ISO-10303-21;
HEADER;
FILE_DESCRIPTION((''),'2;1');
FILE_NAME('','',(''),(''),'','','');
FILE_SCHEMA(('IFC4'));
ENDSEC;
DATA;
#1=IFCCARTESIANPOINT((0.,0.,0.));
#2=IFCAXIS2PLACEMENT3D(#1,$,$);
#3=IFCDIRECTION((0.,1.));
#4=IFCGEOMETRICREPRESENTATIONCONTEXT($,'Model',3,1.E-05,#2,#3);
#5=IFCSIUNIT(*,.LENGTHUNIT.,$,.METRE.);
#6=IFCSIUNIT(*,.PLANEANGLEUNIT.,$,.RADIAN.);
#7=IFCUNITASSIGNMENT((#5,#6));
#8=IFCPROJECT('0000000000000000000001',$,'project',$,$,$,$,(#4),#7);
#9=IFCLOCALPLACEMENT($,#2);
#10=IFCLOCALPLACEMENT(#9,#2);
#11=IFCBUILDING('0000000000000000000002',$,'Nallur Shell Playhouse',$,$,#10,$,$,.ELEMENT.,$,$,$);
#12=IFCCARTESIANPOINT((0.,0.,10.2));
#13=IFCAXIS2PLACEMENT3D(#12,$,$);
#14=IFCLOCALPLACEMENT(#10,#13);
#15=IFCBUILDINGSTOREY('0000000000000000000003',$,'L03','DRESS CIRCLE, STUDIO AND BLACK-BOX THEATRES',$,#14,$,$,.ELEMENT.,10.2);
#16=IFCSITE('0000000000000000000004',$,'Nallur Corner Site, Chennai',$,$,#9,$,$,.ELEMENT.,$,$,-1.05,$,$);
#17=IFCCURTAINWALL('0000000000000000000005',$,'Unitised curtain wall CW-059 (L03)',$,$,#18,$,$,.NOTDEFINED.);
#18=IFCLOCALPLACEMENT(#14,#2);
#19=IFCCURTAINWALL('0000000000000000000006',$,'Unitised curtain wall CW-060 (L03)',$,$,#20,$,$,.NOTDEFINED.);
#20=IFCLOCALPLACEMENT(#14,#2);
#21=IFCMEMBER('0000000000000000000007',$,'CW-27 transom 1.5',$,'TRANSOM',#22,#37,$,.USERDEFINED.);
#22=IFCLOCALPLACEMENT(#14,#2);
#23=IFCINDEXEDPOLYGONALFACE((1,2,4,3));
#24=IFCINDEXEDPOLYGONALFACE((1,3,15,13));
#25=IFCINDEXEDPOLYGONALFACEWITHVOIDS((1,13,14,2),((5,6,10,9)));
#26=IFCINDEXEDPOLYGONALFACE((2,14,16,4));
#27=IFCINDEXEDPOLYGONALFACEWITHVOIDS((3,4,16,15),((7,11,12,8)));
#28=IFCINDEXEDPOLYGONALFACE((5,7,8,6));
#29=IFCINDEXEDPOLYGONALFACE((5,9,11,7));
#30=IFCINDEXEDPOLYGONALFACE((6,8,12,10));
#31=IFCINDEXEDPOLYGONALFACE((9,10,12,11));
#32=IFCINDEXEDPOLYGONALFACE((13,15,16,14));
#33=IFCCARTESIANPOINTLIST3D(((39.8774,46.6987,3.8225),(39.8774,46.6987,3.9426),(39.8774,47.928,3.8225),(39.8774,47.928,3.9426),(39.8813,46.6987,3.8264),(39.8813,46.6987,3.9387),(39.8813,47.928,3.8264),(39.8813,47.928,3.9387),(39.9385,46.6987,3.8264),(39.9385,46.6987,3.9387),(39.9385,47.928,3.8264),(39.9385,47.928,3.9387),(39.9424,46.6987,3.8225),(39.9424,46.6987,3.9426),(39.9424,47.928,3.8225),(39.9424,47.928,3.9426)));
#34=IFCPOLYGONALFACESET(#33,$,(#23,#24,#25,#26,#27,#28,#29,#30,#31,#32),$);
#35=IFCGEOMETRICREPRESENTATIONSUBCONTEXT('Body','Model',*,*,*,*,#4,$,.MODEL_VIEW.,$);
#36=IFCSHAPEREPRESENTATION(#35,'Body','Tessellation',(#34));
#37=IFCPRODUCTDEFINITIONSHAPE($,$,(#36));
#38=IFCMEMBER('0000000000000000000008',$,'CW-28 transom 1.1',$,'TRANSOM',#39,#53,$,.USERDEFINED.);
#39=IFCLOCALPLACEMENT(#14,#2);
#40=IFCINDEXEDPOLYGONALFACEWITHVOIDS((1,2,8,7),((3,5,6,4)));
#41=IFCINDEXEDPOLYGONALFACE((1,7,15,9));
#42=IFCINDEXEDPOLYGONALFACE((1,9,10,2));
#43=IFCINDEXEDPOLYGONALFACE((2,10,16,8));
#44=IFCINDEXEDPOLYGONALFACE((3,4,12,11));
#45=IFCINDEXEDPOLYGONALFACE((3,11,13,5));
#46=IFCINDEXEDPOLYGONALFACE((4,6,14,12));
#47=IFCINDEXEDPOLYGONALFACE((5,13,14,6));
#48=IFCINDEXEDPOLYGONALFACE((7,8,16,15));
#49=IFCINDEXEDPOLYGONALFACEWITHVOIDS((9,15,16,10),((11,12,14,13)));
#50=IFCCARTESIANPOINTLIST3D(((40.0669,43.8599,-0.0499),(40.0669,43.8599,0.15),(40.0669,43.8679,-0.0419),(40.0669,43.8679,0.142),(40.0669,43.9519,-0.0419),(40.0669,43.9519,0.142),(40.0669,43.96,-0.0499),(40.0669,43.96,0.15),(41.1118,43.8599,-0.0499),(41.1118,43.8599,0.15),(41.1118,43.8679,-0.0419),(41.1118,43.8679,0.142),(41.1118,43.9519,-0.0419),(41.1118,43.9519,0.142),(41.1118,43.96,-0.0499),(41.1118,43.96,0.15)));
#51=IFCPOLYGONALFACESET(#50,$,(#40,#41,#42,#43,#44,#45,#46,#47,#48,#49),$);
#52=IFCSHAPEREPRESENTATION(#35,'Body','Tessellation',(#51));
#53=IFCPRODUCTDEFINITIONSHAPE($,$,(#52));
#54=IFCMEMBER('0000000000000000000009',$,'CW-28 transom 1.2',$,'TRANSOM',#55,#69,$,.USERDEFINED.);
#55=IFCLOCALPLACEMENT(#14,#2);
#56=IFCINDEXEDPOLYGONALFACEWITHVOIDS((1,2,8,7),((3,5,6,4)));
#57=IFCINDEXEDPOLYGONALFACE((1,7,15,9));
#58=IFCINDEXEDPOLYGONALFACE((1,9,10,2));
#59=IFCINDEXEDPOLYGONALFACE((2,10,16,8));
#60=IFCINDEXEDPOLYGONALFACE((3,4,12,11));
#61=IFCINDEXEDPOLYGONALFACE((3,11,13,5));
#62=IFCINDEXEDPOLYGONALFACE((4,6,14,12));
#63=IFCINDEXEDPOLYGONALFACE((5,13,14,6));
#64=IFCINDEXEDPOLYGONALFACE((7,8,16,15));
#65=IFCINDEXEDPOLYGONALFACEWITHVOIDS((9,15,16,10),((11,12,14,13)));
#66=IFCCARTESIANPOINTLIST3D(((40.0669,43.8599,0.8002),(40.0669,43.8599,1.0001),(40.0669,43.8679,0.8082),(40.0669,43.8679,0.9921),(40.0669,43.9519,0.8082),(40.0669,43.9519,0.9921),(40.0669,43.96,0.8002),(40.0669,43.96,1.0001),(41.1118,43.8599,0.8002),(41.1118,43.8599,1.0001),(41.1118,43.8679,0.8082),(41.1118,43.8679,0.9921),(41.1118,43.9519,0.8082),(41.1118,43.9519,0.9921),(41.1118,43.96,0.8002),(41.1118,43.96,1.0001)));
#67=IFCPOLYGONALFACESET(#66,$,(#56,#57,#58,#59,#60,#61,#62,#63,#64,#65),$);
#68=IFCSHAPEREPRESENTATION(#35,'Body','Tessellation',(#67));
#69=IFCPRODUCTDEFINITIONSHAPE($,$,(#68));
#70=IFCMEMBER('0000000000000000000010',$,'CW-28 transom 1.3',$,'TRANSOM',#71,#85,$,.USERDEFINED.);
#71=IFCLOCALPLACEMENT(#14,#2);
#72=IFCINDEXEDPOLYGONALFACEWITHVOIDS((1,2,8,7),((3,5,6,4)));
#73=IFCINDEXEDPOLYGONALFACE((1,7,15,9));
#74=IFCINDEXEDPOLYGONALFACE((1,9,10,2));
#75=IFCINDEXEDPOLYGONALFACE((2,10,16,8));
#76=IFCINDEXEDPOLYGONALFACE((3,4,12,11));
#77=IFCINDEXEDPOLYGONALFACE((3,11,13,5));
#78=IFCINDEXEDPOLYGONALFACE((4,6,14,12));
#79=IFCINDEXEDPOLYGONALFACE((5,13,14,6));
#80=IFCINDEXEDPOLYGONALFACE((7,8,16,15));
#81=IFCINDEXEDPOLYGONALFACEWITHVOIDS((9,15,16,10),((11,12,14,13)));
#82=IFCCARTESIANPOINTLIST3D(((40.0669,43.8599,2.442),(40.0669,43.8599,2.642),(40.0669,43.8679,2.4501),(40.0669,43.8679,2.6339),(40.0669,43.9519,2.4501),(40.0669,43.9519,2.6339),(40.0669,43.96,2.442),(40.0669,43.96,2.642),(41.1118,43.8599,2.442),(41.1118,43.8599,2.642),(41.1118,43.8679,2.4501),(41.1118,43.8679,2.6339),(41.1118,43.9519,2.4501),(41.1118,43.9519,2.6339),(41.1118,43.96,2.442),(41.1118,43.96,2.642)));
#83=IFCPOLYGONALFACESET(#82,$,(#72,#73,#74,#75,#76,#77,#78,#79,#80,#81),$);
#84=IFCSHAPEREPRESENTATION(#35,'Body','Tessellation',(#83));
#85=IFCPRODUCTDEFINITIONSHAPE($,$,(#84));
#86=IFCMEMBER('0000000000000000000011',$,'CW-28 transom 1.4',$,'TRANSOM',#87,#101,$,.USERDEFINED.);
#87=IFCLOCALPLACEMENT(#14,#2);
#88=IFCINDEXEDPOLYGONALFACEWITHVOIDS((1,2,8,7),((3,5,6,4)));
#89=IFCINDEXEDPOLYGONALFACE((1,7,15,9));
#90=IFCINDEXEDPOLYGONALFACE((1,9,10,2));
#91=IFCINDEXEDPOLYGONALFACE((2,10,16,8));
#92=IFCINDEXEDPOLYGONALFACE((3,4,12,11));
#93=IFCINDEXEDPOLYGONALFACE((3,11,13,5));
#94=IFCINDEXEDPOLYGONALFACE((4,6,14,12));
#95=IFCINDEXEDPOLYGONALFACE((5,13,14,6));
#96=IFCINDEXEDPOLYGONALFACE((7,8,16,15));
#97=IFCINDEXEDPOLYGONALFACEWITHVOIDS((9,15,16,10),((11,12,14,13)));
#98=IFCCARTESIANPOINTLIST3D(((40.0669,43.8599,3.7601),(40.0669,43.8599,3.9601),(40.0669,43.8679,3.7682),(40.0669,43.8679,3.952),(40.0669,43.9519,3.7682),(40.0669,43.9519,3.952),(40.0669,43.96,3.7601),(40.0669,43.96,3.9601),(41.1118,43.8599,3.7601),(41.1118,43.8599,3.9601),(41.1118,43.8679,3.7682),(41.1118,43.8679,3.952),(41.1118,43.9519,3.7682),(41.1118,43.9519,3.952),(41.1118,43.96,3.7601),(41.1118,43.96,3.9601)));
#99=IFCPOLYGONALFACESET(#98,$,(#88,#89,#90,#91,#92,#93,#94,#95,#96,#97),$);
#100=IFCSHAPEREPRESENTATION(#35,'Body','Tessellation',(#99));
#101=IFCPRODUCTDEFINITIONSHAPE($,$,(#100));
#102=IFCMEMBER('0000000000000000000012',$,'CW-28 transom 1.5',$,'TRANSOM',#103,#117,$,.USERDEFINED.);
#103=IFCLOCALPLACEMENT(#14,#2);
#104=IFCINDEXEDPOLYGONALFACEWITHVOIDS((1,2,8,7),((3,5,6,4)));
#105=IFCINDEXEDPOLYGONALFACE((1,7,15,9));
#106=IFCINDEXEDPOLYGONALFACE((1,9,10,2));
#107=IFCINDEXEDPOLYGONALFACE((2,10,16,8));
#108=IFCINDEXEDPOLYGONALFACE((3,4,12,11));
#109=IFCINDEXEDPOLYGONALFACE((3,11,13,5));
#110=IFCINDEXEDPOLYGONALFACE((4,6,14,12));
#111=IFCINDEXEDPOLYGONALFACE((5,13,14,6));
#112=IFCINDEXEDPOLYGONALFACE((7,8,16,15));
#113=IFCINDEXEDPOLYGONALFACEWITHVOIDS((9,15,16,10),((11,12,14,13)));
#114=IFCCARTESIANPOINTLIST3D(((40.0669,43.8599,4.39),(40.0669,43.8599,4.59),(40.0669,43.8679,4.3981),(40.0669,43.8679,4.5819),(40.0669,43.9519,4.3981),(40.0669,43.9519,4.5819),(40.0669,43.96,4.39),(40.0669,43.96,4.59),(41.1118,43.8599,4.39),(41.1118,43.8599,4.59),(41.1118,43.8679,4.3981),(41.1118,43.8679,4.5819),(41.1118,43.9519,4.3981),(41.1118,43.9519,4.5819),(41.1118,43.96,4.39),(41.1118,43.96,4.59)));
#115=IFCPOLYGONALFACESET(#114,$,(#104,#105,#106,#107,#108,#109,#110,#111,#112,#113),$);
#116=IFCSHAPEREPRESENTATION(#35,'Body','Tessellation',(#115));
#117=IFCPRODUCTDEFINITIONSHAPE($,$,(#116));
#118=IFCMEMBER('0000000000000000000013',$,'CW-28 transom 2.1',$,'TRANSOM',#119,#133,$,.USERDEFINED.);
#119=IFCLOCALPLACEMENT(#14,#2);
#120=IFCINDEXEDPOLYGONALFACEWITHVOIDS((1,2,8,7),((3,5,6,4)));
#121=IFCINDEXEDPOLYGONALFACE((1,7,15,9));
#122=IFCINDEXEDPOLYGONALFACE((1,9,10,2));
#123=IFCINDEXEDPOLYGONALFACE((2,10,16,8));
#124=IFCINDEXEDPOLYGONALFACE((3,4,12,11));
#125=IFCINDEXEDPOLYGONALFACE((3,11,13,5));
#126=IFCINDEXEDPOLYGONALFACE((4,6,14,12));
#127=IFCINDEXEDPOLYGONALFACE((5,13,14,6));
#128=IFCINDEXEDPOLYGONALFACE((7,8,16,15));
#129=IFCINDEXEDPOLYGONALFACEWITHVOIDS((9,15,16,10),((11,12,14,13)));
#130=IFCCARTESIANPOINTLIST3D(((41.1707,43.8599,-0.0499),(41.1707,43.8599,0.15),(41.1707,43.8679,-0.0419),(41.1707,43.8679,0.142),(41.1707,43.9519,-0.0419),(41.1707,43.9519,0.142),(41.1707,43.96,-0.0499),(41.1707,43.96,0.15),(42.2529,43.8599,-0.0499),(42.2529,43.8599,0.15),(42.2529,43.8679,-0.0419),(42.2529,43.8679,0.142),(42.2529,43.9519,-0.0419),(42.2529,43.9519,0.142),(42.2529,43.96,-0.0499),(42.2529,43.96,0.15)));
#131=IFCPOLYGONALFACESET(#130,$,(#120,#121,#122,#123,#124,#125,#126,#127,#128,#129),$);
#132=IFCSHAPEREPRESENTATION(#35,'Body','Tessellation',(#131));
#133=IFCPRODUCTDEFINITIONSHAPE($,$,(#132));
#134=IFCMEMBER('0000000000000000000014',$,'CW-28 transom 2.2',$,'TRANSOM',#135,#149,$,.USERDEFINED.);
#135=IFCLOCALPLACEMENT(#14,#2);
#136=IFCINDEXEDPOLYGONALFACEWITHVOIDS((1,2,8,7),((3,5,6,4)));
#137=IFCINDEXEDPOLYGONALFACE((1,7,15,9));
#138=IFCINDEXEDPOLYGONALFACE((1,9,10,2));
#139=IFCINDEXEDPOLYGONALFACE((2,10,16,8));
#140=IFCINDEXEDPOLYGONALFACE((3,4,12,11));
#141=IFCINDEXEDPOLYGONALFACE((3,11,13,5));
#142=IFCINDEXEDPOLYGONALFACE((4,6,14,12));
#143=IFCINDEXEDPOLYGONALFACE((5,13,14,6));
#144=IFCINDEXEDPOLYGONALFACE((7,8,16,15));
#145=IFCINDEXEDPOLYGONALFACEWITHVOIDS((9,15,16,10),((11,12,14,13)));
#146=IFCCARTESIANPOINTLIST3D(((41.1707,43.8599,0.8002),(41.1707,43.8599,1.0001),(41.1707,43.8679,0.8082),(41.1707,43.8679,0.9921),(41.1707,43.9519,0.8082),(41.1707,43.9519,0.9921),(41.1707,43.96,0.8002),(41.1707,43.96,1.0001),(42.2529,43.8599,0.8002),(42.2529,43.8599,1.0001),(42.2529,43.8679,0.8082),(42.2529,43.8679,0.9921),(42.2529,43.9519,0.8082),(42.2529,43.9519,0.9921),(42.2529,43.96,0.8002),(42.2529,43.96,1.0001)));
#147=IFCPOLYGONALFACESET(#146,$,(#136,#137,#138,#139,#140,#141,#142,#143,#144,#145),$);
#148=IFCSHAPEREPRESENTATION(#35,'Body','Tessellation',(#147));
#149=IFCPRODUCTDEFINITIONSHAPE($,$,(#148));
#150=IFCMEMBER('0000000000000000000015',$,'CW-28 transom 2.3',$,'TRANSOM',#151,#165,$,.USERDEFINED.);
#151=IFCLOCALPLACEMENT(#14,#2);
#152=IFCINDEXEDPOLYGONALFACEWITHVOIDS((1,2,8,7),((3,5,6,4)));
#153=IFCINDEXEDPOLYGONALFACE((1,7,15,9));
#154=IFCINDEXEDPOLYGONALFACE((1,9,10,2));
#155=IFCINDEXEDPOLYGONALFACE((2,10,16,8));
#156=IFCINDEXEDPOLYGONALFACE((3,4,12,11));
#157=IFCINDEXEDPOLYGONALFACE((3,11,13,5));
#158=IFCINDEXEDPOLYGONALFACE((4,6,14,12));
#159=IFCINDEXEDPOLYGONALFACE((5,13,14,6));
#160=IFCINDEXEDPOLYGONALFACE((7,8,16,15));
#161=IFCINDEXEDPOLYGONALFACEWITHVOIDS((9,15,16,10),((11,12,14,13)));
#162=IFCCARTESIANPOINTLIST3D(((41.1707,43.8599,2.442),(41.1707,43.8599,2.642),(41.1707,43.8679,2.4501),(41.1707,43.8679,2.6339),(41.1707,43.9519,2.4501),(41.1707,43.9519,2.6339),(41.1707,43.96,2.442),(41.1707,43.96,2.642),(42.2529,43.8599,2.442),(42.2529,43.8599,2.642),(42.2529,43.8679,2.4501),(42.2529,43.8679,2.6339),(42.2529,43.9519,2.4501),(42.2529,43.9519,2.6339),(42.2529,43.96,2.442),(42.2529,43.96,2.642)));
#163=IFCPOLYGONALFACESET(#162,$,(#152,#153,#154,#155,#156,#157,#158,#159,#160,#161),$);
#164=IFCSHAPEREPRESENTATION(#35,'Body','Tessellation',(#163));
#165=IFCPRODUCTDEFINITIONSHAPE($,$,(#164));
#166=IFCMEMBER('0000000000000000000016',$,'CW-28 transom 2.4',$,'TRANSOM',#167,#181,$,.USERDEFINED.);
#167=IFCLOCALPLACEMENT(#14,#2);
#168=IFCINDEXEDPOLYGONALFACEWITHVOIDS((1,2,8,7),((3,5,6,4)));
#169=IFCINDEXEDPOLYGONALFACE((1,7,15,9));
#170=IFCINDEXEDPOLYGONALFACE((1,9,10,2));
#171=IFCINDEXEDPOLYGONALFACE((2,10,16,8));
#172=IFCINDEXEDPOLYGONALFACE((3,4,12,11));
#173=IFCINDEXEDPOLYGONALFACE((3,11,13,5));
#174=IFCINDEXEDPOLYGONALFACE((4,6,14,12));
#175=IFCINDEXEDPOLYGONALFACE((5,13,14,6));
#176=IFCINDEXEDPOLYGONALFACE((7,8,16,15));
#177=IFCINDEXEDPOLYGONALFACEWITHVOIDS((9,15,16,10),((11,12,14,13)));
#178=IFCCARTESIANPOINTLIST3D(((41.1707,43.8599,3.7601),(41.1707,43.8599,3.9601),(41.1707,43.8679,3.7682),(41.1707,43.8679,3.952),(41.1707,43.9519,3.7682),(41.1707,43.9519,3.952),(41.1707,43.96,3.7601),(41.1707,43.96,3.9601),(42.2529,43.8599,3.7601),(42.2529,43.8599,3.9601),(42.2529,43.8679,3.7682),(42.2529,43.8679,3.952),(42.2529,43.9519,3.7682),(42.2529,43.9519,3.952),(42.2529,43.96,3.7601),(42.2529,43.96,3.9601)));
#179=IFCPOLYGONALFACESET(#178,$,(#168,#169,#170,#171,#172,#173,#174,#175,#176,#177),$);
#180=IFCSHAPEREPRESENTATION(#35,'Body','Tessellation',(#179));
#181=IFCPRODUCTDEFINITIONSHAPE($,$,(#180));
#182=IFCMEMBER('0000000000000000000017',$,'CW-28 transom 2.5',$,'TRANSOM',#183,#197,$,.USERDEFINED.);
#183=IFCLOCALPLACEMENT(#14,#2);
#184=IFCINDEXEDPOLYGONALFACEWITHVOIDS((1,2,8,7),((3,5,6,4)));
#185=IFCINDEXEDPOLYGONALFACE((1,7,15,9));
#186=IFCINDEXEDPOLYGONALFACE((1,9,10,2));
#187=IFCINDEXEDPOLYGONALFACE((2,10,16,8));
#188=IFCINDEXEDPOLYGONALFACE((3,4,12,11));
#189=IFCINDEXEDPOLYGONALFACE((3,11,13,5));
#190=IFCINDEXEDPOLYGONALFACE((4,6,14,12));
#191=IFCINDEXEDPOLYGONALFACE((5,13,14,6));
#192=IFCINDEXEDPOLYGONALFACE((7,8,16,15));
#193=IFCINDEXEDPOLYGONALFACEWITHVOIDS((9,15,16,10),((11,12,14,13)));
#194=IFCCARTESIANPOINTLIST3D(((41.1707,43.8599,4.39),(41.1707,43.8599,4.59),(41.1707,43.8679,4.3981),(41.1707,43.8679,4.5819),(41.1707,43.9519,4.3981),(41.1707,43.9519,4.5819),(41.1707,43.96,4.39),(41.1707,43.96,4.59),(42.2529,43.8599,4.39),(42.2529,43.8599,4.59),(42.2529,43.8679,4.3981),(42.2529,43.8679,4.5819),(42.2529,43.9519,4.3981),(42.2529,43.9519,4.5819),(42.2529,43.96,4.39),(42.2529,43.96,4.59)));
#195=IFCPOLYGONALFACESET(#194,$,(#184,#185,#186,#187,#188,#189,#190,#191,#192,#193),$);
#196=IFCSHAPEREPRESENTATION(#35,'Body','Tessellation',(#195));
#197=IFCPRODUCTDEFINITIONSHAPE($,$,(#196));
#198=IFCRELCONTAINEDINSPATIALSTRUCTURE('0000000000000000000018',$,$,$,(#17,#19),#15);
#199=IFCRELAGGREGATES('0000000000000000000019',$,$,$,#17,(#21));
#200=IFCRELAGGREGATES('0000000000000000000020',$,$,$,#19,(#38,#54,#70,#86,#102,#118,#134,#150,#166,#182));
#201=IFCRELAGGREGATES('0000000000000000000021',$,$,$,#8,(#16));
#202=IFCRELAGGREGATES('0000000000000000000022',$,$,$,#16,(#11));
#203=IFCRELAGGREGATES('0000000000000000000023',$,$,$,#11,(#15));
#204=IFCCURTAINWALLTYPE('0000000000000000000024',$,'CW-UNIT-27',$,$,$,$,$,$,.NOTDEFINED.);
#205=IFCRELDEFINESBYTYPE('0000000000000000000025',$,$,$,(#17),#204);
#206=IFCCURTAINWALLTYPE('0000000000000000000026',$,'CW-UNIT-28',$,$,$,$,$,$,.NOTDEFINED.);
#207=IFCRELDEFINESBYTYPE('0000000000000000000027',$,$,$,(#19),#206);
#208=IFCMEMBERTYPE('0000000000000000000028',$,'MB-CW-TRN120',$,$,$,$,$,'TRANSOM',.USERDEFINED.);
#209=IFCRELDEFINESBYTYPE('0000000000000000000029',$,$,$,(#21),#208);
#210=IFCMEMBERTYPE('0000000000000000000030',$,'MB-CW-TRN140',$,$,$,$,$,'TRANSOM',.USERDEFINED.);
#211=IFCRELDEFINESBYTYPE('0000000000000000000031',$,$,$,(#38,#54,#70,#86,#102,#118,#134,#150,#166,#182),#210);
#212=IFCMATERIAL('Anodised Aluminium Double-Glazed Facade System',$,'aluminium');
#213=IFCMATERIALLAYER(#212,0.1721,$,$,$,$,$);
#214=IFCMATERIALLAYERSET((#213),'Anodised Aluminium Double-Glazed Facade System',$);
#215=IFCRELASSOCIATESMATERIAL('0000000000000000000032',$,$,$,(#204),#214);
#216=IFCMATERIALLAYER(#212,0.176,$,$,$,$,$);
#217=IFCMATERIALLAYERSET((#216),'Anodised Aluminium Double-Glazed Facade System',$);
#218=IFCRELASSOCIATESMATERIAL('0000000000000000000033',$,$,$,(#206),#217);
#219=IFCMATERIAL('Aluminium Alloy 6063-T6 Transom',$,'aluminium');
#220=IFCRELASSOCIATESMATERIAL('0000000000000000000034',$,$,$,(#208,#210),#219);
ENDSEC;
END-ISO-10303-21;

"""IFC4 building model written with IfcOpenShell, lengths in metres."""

from ifc_helpers import new_model, si_unit, direction, frame, origin, origin_2d, place, context, subcontext, project, spatial, hollow_rectangle, extrude, material, layer, layer_set, material_profile, profile_set, type_object, element, aggregate, save


model = new_model("IFC4")

# Units and contexts
model_context = context("Model", 3, precision=1e-05, world=origin(), true_north=direction((0.0, 1.0)))
body_context = subcontext(model_context, "Body", "Model", "MODEL_VIEW")
ifc_project = project(units=[si_unit("LENGTHUNIT", "METRE"), si_unit("PLANEANGLEUNIT", "RADIAN")], contexts=[model_context])

# Site, building, storey
site_placement = place(None, origin())
site = spatial("IfcSite", under=ifc_project, at=site_placement, Name="Nallur Corner Site, Chennai", CompositionType="ELEMENT", RefElevation=-1.05)
building_placement = place(site_placement, origin())
building = spatial("IfcBuilding", under=site, at=building_placement, Name="Nallur Shell Playhouse", CompositionType="ELEMENT")
storey_placement = place(building_placement, frame((0.0, 0.0, 10.2)))
storey = spatial("IfcBuildingStorey", under=building, at=storey_placement, Name="L03", Description="DRESS CIRCLE, STUDIO AND BLACK-BOX THEATRES", CompositionType="ELEMENT", Elevation=10.2)

# Curtain wall
ifc_material_1 = material(Name="Anodised Aluminium Double-Glazed Facade System", Category="aluminium")
ifc_layer_1 = layer(ifc_material_1, 0.1721)
ifc_layer_set_1 = layer_set([ifc_layer_1], Name="Anodised Aluminium Double-Glazed Facade System")
curtain_wall_type_1 = type_object("IfcCurtainWallType", Name="CW-UNIT-27", PredefinedType="NOTDEFINED", material=ifc_layer_set_1)
curtain_wall_1_placement = place(storey_placement, origin())
curtain_wall_1 = element("IfcCurtainWall", 1, at=curtain_wall_1_placement, inside=storey, type_object=curtain_wall_type_1, Name="Unitised curtain wall CW-059 (L03)", PredefinedType="NOTDEFINED")

# Curtain wall
ifc_layer_2 = layer(ifc_material_1, 0.176)
ifc_layer_set_2 = layer_set([ifc_layer_2], Name="Anodised Aluminium Double-Glazed Facade System")
curtain_wall_type_2 = type_object("IfcCurtainWallType", Name="CW-UNIT-28", PredefinedType="NOTDEFINED", material=ifc_layer_set_2)
curtain_wall_2_placement = place(storey_placement, origin())
curtain_wall_2 = element("IfcCurtainWall", 2, at=curtain_wall_2_placement, inside=storey, type_object=curtain_wall_type_2, Name="Unitised curtain wall CW-060 (L03)", PredefinedType="NOTDEFINED")

# Members
ifc_material_2 = material(Name="Aluminium Alloy 6063-T6 Transom", Category="aluminium")
ifc_material_profile_1 = material_profile(ifc_material_2, hollow_rectangle(XDim=0.0649, YDim=0.1201, WallThickness=0.0039, at=origin_2d()), Name="ALU 65x120x4")
ifc_profile_set_1 = profile_set([ifc_material_profile_1], Name="Aluminium Alloy 6063-T6 Transom")
member_type_1 = type_object("IfcMemberType", Name="MB-CW-TRN120", ElementType="TRANSOM", PredefinedType="USERDEFINED", material=ifc_profile_set_1)
member_1_placement = place(storey_placement, frame((39.9099, 47.928, 3.8826), z_axis=(0.0, -1.0, 0.0), x_axis=(1.0, 0.0, 0.0)))
member_1 = element("IfcMember", 3, at=member_1_placement, type_object=member_type_1, Name="CW-27 transom 1.5", ObjectType="TRANSOM", PredefinedType="USERDEFINED", context=body_context, shape_type="SweptSolid", body=[
    extrude(hollow_rectangle(XDim=0.0649, YDim=0.1201, WallThickness=0.0039, at=origin_2d()), origin(), (0.0, 0.0, 1.0), 1.2292),
])
aggregate(curtain_wall_1, [member_1])
ifc_material_profile_2 = material_profile(ifc_material_2, hollow_rectangle(XDim=0.1001, YDim=0.2, WallThickness=0.0081, at=origin_2d()), Name="RHS 200x100x8")
ifc_profile_set_2 = profile_set([ifc_material_profile_2], Name="Aluminium Alloy 6063-T6 Transom")
member_type_2 = type_object("IfcMemberType", Name="MB-CW-TRN140", ElementType="TRANSOM", PredefinedType="USERDEFINED", material=ifc_profile_set_2)
member_2_placement = place(storey_placement, frame((40.0669, 43.9099, 0.05), z_axis=(1.0, 0.0, 0.0), x_axis=(0.0, 1.0, 0.0)))
member_2 = element("IfcMember", 4, at=member_2_placement, type_object=member_type_2, Name="CW-28 transom 1.1", ObjectType="TRANSOM", PredefinedType="USERDEFINED", context=body_context, shape_type="SweptSolid", body=[
    extrude(hollow_rectangle(XDim=0.1001, YDim=0.2, WallThickness=0.0081, at=origin_2d()), origin(), (0.0, 0.0, 1.0), 1.0449),
])
member_3_placement = place(storey_placement, frame((40.0669, 43.9099, 0.9001), z_axis=(1.0, 0.0, 0.0), x_axis=(0.0, 1.0, 0.0)))
member_3 = element("IfcMember", 5, at=member_3_placement, type_object=member_type_2, Name="CW-28 transom 1.2", ObjectType="TRANSOM", PredefinedType="USERDEFINED", context=body_context, shape_type="SweptSolid", body=[
    extrude(hollow_rectangle(XDim=0.1001, YDim=0.2, WallThickness=0.0081, at=origin_2d()), origin(), (0.0, 0.0, 1.0), 1.0449),
])
member_4_placement = place(storey_placement, frame((40.0669, 43.9099, 2.542), z_axis=(1.0, 0.0, 0.0), x_axis=(0.0, 1.0, 0.0)))
member_4 = element("IfcMember", 6, at=member_4_placement, type_object=member_type_2, Name="CW-28 transom 1.3", ObjectType="TRANSOM", PredefinedType="USERDEFINED", context=body_context, shape_type="SweptSolid", body=[
    extrude(hollow_rectangle(XDim=0.1001, YDim=0.2, WallThickness=0.0081, at=origin_2d()), origin(), (0.0, 0.0, 1.0), 1.0449),
])
member_5_placement = place(storey_placement, frame((40.0669, 43.9099, 3.8601), z_axis=(1.0, 0.0, 0.0), x_axis=(0.0, 1.0, 0.0)))
member_5 = element("IfcMember", 7, at=member_5_placement, type_object=member_type_2, Name="CW-28 transom 1.4", ObjectType="TRANSOM", PredefinedType="USERDEFINED", context=body_context, shape_type="SweptSolid", body=[
    extrude(hollow_rectangle(XDim=0.1001, YDim=0.2, WallThickness=0.0081, at=origin_2d()), origin(), (0.0, 0.0, 1.0), 1.0449),
])
member_6_placement = place(storey_placement, frame((40.0669, 43.9099, 4.49), z_axis=(1.0, 0.0, 0.0), x_axis=(0.0, 1.0, 0.0)))
member_6 = element("IfcMember", 8, at=member_6_placement, type_object=member_type_2, Name="CW-28 transom 1.5", ObjectType="TRANSOM", PredefinedType="USERDEFINED", context=body_context, shape_type="SweptSolid", body=[
    extrude(hollow_rectangle(XDim=0.1001, YDim=0.2, WallThickness=0.0081, at=origin_2d()), origin(), (0.0, 0.0, 1.0), 1.0449),
])
member_7_placement = place(storey_placement, frame((41.1707, 43.9099, 0.05), z_axis=(1.0, 0.0, 0.0), x_axis=(0.0, 1.0, 0.0)))
member_7 = element("IfcMember", 9, at=member_7_placement, type_object=member_type_2, Name="CW-28 transom 2.1", ObjectType="TRANSOM", PredefinedType="USERDEFINED", context=body_context, shape_type="SweptSolid", body=[
    extrude(hollow_rectangle(XDim=0.1001, YDim=0.2, WallThickness=0.0081, at=origin_2d()), origin(), (0.0, 0.0, 1.0), 1.0823),
])
member_8_placement = place(storey_placement, frame((41.1707, 43.9099, 0.9001), z_axis=(1.0, 0.0, 0.0), x_axis=(0.0, 1.0, 0.0)))
member_8 = element("IfcMember", 10, at=member_8_placement, type_object=member_type_2, Name="CW-28 transom 2.2", ObjectType="TRANSOM", PredefinedType="USERDEFINED", context=body_context, shape_type="SweptSolid", body=[
    extrude(hollow_rectangle(XDim=0.1001, YDim=0.2, WallThickness=0.0081, at=origin_2d()), origin(), (0.0, 0.0, 1.0), 1.0823),
])
member_9_placement = place(storey_placement, frame((41.1707, 43.9099, 2.542), z_axis=(1.0, 0.0, 0.0), x_axis=(0.0, 1.0, 0.0)))
member_9 = element("IfcMember", 11, at=member_9_placement, type_object=member_type_2, Name="CW-28 transom 2.3", ObjectType="TRANSOM", PredefinedType="USERDEFINED", context=body_context, shape_type="SweptSolid", body=[
    extrude(hollow_rectangle(XDim=0.1001, YDim=0.2, WallThickness=0.0081, at=origin_2d()), origin(), (0.0, 0.0, 1.0), 1.0823),
])
member_10_placement = place(storey_placement, frame((41.1707, 43.9099, 3.8601), z_axis=(1.0, 0.0, 0.0), x_axis=(0.0, 1.0, 0.0)))
member_10 = element("IfcMember", 12, at=member_10_placement, type_object=member_type_2, Name="CW-28 transom 2.4", ObjectType="TRANSOM", PredefinedType="USERDEFINED", context=body_context, shape_type="SweptSolid", body=[
    extrude(hollow_rectangle(XDim=0.1001, YDim=0.2, WallThickness=0.0081, at=origin_2d()), origin(), (0.0, 0.0, 1.0), 1.0823),
])
member_11_placement = place(storey_placement, frame((41.1707, 43.9099, 4.49), z_axis=(1.0, 0.0, 0.0), x_axis=(0.0, 1.0, 0.0)))
member_11 = element("IfcMember", 13, at=member_11_placement, type_object=member_type_2, Name="CW-28 transom 2.5", ObjectType="TRANSOM", PredefinedType="USERDEFINED", context=body_context, shape_type="SweptSolid", body=[
    extrude(hollow_rectangle(XDim=0.1001, YDim=0.2, WallThickness=0.0081, at=origin_2d()), origin(), (0.0, 0.0, 1.0), 1.0823),
])

aggregate(curtain_wall_2, [member_2, member_3, member_4, member_5, member_6, member_7, member_8, member_9, member_10, member_11])

save(model, "model.ifc")
